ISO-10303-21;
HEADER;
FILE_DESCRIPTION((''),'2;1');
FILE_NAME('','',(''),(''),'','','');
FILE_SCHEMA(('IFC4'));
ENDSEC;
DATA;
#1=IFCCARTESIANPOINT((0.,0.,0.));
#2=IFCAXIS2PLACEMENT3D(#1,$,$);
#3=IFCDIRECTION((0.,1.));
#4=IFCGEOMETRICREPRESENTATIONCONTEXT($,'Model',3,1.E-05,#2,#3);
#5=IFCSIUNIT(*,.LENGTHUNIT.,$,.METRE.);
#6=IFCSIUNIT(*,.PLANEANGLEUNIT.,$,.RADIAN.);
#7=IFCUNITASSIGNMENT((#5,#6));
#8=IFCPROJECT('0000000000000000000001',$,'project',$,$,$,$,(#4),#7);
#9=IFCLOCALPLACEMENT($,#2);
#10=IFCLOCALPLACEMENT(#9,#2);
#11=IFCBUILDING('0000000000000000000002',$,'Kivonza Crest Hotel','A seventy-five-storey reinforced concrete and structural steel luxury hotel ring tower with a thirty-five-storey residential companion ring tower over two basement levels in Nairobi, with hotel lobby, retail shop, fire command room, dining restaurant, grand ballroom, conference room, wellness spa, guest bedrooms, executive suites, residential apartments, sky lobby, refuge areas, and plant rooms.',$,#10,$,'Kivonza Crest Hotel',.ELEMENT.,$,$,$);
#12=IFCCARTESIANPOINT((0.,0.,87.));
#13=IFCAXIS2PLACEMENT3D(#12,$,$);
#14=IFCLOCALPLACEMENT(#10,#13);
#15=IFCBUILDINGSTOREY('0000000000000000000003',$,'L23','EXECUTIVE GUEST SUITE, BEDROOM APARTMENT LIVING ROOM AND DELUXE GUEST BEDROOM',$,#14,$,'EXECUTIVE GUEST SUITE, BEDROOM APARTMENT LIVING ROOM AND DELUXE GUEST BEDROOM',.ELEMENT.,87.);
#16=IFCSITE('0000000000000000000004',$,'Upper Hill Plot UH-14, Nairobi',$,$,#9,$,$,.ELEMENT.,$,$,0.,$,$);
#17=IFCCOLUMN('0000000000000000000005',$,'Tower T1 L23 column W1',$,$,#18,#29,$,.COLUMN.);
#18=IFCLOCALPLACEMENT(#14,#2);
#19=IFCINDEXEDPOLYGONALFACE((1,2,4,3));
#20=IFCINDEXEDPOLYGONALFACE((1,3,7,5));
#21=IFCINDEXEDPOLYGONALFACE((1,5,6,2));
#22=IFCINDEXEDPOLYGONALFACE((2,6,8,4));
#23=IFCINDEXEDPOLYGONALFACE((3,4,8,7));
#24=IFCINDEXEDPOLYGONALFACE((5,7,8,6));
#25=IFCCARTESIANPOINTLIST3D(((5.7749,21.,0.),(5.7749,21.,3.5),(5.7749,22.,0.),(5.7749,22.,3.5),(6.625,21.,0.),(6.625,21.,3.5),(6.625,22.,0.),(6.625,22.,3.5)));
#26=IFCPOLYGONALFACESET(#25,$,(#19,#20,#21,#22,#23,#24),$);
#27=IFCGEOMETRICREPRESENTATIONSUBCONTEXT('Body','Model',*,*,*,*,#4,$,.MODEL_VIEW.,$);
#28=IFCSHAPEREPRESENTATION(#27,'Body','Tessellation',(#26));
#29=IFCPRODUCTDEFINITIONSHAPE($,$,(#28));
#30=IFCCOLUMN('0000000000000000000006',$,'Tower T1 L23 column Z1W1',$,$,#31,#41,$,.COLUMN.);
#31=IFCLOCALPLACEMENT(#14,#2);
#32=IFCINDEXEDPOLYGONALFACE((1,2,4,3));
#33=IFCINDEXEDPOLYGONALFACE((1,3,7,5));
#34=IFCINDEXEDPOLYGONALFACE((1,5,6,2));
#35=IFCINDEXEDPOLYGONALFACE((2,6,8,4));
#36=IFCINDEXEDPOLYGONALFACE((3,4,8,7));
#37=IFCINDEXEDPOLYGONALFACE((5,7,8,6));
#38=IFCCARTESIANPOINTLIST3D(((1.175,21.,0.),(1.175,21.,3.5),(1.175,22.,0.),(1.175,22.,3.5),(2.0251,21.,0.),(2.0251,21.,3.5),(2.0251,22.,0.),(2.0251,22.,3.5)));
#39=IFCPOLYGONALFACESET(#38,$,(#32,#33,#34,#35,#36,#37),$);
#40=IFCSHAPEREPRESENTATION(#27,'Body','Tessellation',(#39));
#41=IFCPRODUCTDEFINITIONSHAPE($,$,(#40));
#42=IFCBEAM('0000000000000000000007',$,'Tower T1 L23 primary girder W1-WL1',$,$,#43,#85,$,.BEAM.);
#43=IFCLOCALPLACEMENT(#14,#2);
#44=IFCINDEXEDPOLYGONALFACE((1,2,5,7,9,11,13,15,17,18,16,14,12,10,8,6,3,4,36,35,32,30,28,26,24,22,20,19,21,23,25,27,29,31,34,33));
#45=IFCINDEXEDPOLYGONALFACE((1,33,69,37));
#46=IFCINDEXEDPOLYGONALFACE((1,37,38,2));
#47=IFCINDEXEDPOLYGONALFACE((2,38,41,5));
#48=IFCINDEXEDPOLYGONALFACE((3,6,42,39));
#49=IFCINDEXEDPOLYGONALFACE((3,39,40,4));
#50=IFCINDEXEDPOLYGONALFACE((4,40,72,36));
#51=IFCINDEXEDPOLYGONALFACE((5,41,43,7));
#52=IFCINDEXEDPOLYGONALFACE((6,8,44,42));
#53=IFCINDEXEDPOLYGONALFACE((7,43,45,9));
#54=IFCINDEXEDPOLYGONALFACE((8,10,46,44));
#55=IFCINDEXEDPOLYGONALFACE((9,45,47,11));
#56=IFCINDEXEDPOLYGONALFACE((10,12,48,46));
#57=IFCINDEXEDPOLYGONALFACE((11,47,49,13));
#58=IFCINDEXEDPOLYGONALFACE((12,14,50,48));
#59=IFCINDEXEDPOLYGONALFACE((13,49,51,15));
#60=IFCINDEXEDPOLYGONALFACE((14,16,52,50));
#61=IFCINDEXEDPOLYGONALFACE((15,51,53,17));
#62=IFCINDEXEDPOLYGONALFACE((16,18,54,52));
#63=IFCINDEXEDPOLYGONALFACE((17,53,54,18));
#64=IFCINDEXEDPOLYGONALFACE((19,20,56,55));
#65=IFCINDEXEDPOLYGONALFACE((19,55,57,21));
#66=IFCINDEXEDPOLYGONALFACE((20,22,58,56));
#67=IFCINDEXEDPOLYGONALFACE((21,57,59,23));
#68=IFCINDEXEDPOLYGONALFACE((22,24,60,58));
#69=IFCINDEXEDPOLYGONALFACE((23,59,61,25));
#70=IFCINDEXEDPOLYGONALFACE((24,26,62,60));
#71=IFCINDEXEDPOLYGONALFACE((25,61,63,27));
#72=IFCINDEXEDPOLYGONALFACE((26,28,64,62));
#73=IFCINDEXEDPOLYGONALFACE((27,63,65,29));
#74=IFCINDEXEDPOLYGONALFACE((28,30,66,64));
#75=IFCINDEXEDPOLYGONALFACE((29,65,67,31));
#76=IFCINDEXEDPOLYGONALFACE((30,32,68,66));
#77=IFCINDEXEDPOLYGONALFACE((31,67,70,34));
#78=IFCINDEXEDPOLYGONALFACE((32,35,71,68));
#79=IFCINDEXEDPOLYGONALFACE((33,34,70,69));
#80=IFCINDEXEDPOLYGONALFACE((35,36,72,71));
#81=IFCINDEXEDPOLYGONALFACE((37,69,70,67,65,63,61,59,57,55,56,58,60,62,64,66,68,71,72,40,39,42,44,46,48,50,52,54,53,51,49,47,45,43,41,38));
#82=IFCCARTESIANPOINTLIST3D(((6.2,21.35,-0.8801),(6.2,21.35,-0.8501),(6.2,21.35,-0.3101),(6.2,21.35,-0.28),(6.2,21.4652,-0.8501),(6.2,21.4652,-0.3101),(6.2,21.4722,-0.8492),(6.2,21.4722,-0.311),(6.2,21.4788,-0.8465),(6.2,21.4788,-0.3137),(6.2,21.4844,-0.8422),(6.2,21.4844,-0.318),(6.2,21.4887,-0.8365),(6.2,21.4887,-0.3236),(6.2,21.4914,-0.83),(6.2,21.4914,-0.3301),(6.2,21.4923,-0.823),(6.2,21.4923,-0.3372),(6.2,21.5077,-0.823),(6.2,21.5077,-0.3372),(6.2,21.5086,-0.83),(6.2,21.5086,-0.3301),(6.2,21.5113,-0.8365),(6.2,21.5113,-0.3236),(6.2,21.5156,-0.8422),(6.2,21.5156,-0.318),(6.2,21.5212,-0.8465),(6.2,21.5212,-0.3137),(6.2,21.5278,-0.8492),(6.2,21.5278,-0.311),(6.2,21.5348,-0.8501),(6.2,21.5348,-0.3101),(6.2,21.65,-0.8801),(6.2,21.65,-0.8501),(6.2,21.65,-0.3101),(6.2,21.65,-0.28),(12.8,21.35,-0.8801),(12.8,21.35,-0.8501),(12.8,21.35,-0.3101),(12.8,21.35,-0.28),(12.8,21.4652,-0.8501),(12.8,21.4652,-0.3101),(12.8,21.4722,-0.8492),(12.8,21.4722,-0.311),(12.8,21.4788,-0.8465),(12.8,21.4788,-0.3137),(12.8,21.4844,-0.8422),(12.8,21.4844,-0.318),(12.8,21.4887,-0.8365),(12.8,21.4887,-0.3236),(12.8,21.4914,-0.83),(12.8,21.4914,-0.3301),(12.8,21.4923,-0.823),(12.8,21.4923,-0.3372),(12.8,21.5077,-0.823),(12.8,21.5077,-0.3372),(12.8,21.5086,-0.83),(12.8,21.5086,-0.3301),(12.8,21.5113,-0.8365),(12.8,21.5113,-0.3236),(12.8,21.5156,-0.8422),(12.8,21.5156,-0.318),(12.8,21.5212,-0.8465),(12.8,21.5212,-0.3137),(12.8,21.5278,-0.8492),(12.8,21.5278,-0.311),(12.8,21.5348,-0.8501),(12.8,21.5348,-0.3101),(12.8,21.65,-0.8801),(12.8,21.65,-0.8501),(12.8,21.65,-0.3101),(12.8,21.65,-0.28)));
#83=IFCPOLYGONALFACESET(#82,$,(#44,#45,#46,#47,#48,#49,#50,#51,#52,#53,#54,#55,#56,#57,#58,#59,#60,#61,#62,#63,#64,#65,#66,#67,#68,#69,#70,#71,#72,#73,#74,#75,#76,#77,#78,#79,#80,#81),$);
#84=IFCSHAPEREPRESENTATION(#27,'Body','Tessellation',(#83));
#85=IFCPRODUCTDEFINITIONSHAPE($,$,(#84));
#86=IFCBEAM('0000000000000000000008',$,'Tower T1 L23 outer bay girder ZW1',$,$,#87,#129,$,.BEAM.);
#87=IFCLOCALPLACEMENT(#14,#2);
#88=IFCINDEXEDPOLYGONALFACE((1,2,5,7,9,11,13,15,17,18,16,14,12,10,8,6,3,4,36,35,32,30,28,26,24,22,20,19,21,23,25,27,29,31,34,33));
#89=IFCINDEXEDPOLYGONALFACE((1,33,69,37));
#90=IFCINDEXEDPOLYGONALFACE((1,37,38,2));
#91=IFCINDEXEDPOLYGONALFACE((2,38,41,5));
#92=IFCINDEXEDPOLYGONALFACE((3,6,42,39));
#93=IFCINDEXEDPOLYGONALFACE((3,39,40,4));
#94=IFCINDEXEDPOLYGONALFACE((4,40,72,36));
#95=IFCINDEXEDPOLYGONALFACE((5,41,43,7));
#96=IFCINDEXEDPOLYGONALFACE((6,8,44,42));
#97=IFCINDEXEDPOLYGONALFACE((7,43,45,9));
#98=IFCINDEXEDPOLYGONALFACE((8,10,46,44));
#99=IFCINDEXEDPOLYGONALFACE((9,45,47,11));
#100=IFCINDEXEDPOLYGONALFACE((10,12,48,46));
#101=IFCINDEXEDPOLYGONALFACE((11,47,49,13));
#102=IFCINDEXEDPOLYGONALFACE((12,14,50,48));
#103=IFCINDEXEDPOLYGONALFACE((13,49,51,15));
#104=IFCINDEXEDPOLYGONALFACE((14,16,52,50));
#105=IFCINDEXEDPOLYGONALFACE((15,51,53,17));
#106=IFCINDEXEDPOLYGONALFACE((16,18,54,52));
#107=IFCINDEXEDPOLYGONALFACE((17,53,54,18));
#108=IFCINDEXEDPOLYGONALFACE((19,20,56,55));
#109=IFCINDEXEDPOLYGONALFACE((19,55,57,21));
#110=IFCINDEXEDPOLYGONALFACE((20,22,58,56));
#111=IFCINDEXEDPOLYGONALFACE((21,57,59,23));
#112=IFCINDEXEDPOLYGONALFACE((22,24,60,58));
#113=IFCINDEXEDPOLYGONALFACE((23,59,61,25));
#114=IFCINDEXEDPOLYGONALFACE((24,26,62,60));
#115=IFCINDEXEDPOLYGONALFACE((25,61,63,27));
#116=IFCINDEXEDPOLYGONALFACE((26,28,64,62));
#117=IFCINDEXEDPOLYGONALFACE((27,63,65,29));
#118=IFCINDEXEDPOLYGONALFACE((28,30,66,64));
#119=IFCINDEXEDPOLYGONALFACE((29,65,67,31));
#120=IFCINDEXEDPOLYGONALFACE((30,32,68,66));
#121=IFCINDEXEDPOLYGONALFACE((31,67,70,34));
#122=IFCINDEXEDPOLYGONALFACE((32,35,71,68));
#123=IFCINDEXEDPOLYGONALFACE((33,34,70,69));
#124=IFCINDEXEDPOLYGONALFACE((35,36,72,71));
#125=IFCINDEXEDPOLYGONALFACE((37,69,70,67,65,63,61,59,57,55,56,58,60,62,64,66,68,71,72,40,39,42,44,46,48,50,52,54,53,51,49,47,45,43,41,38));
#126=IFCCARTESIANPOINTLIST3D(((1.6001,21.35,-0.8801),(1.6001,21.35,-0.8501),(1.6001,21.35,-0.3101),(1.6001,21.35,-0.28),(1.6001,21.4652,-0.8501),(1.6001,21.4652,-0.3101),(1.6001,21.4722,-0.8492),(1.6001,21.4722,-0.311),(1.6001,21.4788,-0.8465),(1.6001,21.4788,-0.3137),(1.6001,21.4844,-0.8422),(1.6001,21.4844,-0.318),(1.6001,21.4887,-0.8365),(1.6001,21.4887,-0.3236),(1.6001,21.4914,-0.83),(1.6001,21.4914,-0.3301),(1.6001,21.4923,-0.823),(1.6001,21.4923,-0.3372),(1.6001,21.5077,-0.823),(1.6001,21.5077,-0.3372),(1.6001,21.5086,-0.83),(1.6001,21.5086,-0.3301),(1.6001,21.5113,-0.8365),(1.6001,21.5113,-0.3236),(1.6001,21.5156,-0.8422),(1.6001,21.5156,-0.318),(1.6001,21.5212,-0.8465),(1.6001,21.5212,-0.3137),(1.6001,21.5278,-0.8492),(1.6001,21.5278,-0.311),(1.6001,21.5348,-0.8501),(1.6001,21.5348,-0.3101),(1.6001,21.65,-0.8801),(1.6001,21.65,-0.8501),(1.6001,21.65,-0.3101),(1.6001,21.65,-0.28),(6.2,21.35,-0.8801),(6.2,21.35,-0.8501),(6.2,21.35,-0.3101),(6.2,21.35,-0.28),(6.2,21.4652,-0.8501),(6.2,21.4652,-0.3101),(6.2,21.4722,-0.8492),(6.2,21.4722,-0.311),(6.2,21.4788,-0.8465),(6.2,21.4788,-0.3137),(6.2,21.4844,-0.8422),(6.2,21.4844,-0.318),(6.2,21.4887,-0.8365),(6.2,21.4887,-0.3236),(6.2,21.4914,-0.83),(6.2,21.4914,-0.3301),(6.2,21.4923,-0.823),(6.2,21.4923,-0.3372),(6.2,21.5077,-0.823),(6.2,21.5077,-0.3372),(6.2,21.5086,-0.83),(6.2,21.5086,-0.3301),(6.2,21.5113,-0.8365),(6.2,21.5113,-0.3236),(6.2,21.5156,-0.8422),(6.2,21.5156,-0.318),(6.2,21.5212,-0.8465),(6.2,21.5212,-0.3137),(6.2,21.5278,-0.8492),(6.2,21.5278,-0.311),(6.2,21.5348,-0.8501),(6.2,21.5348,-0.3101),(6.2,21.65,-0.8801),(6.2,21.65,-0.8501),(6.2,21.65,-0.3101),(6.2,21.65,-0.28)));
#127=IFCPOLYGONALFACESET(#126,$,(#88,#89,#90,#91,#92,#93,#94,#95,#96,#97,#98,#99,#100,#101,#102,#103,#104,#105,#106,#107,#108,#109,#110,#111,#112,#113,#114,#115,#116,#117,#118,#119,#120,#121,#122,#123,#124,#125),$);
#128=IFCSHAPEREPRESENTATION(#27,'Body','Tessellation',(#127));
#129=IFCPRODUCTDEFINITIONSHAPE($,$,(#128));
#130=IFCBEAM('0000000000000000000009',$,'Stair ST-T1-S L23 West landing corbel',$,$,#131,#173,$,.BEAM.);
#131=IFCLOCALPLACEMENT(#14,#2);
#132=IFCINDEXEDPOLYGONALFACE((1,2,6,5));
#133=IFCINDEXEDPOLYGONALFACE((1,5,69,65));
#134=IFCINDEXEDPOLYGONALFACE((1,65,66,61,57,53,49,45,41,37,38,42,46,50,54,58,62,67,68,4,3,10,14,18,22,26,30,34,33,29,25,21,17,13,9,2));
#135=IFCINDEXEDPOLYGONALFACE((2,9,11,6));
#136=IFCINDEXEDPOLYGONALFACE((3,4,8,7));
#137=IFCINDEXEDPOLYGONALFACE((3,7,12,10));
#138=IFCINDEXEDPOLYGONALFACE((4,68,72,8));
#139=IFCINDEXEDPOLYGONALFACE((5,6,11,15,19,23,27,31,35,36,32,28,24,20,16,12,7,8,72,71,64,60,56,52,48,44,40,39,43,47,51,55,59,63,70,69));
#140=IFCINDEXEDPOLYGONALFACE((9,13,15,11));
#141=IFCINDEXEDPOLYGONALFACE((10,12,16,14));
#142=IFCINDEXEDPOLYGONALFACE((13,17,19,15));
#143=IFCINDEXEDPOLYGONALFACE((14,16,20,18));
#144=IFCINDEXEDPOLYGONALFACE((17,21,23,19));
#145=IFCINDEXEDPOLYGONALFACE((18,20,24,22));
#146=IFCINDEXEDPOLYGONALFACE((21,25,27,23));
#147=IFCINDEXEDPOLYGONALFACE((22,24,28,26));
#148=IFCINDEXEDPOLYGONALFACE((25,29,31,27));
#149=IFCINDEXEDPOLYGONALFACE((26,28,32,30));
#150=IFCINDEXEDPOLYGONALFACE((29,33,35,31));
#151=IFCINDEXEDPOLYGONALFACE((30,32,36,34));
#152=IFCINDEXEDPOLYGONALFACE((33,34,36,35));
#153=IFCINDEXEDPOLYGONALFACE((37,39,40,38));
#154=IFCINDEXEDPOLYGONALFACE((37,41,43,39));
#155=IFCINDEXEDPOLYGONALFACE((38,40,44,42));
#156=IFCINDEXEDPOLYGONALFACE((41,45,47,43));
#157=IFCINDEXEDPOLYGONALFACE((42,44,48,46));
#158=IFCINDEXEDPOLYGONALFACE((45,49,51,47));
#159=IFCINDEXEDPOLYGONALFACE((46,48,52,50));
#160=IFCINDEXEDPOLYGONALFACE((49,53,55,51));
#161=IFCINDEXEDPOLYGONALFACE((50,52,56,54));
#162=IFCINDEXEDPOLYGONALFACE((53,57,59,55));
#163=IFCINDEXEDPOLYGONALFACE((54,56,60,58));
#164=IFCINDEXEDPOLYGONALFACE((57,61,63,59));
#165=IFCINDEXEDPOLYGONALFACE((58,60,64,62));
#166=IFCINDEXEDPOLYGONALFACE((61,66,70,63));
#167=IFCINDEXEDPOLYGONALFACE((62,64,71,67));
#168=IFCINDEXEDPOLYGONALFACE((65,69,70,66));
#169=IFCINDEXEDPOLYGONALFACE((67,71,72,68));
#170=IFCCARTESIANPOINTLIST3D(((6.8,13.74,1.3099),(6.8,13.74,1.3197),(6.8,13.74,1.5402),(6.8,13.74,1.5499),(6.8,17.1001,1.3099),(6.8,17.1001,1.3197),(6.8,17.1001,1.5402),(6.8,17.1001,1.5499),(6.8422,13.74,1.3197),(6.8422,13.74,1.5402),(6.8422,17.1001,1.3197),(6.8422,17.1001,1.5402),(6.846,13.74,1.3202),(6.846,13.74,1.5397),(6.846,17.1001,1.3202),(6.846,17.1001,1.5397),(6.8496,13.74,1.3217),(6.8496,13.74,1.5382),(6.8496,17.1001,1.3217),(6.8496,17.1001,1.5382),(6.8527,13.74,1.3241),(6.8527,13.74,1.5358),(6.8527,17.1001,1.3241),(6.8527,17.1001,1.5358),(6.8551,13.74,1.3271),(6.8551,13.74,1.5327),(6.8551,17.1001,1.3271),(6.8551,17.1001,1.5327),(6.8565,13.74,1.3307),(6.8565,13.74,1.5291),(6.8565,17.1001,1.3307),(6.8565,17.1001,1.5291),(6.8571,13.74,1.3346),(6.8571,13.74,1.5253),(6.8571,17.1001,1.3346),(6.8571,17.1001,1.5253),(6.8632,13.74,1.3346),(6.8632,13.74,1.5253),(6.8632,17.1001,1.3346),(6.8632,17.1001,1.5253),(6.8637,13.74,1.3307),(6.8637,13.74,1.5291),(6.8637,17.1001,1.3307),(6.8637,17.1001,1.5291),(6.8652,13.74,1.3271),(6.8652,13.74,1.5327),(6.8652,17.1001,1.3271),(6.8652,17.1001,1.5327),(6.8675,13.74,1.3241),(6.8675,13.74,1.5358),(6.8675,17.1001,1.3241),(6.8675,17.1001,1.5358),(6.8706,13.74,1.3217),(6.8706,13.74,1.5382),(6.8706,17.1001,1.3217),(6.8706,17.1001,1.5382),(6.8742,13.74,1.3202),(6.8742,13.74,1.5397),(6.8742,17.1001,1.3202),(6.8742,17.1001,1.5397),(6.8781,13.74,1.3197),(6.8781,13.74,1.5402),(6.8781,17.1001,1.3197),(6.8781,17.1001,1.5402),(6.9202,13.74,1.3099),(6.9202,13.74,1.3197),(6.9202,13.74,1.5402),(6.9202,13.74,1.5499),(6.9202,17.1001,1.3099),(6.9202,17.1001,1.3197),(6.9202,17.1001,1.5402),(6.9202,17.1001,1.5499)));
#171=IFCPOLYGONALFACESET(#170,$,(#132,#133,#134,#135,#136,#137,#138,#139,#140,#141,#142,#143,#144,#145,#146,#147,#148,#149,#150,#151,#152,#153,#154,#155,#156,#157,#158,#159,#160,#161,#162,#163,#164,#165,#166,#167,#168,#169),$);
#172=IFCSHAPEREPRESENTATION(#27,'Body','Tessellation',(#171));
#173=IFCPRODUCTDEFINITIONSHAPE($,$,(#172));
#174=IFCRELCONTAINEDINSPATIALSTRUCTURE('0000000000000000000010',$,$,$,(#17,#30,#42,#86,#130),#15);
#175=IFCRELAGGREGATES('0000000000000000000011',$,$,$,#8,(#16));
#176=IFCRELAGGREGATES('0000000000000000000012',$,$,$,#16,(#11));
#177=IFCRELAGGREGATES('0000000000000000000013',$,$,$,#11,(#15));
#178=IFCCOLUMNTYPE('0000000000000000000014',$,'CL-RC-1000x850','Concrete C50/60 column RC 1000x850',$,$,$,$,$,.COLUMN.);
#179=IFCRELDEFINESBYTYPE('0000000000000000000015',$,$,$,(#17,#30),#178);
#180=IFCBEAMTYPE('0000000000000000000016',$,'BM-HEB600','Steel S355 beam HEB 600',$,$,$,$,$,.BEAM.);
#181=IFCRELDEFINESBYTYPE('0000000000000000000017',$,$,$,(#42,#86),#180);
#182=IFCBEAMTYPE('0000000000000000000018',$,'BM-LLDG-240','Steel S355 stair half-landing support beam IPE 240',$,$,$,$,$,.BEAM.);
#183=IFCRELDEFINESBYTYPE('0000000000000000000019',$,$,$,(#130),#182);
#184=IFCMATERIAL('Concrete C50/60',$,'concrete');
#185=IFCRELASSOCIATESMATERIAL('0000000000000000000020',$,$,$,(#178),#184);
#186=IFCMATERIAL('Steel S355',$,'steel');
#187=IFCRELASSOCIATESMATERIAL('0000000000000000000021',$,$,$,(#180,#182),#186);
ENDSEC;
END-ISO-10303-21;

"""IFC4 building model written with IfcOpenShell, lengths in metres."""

from ifc_helpers import new_model, si_unit, direction, frame, origin, origin_2d, place, context, subcontext, project, spatial, rectangle, i_section, extrude, material, material_profile, profile_set, type_object, element, save


model = new_model("IFC4")

# Units and contexts
model_context = context("Model", 3, precision=1e-05, world=origin(), true_north=direction((0.0, 1.0)))
body_context = subcontext(model_context, "Body", "Model", "MODEL_VIEW")
ifc_project = project(units=[si_unit("LENGTHUNIT", "METRE"), si_unit("PLANEANGLEUNIT", "RADIAN")], contexts=[model_context])

# Site, building, storey
site_placement = place(None, origin())
site = spatial("IfcSite", under=ifc_project, at=site_placement, Name="Upper Hill Plot UH-14, Nairobi", CompositionType="ELEMENT", RefElevation=0.0)
building_placement = place(site_placement, origin())
building = spatial("IfcBuilding", under=site, at=building_placement, Name="Kivonza Crest Hotel", Description="A seventy-five-storey reinforced concrete and structural steel luxury hotel ring tower with a thirty-five-storey residential companion ring tower over two basement levels in Nairobi, with hotel lobby, retail shop, fire command room, dining restaurant, grand ballroom, conference room, wellness spa, guest bedrooms, executive suites, residential apartments, sky lobby, refuge areas, and plant rooms.", LongName="Kivonza Crest Hotel", CompositionType="ELEMENT")
storey_placement = place(building_placement, frame((0.0, 0.0, 87.0)))
storey = spatial("IfcBuildingStorey", under=building, at=storey_placement, Name="L23", Description="EXECUTIVE GUEST SUITE, BEDROOM APARTMENT LIVING ROOM AND DELUXE GUEST BEDROOM", LongName="EXECUTIVE GUEST SUITE, BEDROOM APARTMENT LIVING ROOM AND DELUXE GUEST BEDROOM", CompositionType="ELEMENT", Elevation=87.0)

# Columns
ifc_material_1 = material(Name="Concrete C50/60", Category="concrete")
ifc_material_profile_1 = material_profile(ifc_material_1, rectangle(XDim=0.8501, YDim=1.0, at=origin_2d()), Name="RC 1000x850")
ifc_profile_set_1 = profile_set([ifc_material_profile_1], Name="Concrete C50/60")
column_type = type_object("IfcColumnType", Name="CL-RC-1000x850", Description="Concrete C50/60 column RC 1000x850", PredefinedType="COLUMN", material=ifc_profile_set_1)
for number, where, z_axis, x_axis, name in (
    (1, (6.2, 21.5, 0.0), (0.0, 0.0, 1.0), (1.0, 0.0, 0.0), "Tower T1 L23 column W1"),
    (2, (1.6001, 21.5, 0.0), (0.0, 0.0, 1.0), (1.0, 0.0, 0.0), "Tower T1 L23 column Z1W1"),
):
    element("IfcColumn", number, at=place(storey_placement, frame(where, z_axis=z_axis, x_axis=x_axis)), inside=storey, type_object=column_type, Name=name, PredefinedType="COLUMN", context=body_context, shape_type="SweptSolid", body=[
        extrude(rectangle(XDim=0.8501, YDim=1.0, at=origin_2d()), origin(), (0.0, 0.0, 1.0), 3.5),
    ])

# Beams
ifc_material_2 = material(Name="Steel S355", Category="steel")
ifc_material_profile_2 = material_profile(ifc_material_2, i_section(OverallWidth=0.3, OverallDepth=0.6001, WebThickness=0.0154, FlangeThickness=0.03, FilletRadius=0.0271, at=origin_2d()), Name="HEB 600")
ifc_profile_set_2 = profile_set([ifc_material_profile_2], Name="Steel S355")
beam_type_1 = type_object("IfcBeamType", Name="BM-HEB600", Description="Steel S355 beam HEB 600", PredefinedType="BEAM", material=ifc_profile_set_2)
beam_1_placement = place(storey_placement, frame((6.2, 21.5, -0.5801), z_axis=(1.0, 0.0, 0.0), x_axis=(0.0, 1.0, 0.0)))
element("IfcBeam", 3, at=beam_1_placement, inside=storey, type_object=beam_type_1, Name="Tower T1 L23 primary girder W1-WL1", PredefinedType="BEAM", context=body_context, shape_type="SweptSolid", body=[
    extrude(i_section(OverallWidth=0.3, OverallDepth=0.6001, WebThickness=0.0154, FlangeThickness=0.03, FilletRadius=0.0271, at=origin_2d()), origin(), (0.0, 0.0, 1.0), 6.6001),
])
beam_2_placement = place(storey_placement, frame((1.6001, 21.5, -0.5801), z_axis=(1.0, 0.0, 0.0), x_axis=(0.0, 1.0, 0.0)))
element("IfcBeam", 4, at=beam_2_placement, inside=storey, type_object=beam_type_1, Name="Tower T1 L23 outer bay girder ZW1", PredefinedType="BEAM", context=body_context, shape_type="SweptSolid", body=[
    extrude(i_section(OverallWidth=0.3, OverallDepth=0.6001, WebThickness=0.0154, FlangeThickness=0.03, FilletRadius=0.0271, at=origin_2d()), origin(), (0.0, 0.0, 1.0), 4.5999),
])
ifc_material_profile_3 = material_profile(ifc_material_2, i_section(OverallWidth=0.1201, OverallDepth=0.24, WebThickness=0.0061, FlangeThickness=0.0098, FilletRadius=0.0149, at=origin_2d()), Name="IPE 240")
ifc_profile_set_3 = profile_set([ifc_material_profile_3], Name="Steel S355")
beam_type_2 = type_object("IfcBeamType", Name="BM-LLDG-240", Description="Steel S355 stair half-landing support beam IPE 240", PredefinedType="BEAM", material=ifc_profile_set_3)
beam_3_placement = place(storey_placement, frame((6.8601, 13.74, 1.4299), z_axis=(0.0, 1.0, 0.0), x_axis=(-1.0, 0.0, 0.0)))
element("IfcBeam", 5, at=beam_3_placement, inside=storey, type_object=beam_type_2, Name="Stair ST-T1-S L23 West landing corbel", PredefinedType="BEAM", context=body_context, shape_type="SweptSolid", body=[
    extrude(i_section(OverallWidth=0.1201, OverallDepth=0.24, WebThickness=0.0061, FlangeThickness=0.0098, FilletRadius=0.0149, at=origin_2d()), origin(), (0.0, 0.0, 1.0), 3.3601),
])

save(model, "model.ifc")
